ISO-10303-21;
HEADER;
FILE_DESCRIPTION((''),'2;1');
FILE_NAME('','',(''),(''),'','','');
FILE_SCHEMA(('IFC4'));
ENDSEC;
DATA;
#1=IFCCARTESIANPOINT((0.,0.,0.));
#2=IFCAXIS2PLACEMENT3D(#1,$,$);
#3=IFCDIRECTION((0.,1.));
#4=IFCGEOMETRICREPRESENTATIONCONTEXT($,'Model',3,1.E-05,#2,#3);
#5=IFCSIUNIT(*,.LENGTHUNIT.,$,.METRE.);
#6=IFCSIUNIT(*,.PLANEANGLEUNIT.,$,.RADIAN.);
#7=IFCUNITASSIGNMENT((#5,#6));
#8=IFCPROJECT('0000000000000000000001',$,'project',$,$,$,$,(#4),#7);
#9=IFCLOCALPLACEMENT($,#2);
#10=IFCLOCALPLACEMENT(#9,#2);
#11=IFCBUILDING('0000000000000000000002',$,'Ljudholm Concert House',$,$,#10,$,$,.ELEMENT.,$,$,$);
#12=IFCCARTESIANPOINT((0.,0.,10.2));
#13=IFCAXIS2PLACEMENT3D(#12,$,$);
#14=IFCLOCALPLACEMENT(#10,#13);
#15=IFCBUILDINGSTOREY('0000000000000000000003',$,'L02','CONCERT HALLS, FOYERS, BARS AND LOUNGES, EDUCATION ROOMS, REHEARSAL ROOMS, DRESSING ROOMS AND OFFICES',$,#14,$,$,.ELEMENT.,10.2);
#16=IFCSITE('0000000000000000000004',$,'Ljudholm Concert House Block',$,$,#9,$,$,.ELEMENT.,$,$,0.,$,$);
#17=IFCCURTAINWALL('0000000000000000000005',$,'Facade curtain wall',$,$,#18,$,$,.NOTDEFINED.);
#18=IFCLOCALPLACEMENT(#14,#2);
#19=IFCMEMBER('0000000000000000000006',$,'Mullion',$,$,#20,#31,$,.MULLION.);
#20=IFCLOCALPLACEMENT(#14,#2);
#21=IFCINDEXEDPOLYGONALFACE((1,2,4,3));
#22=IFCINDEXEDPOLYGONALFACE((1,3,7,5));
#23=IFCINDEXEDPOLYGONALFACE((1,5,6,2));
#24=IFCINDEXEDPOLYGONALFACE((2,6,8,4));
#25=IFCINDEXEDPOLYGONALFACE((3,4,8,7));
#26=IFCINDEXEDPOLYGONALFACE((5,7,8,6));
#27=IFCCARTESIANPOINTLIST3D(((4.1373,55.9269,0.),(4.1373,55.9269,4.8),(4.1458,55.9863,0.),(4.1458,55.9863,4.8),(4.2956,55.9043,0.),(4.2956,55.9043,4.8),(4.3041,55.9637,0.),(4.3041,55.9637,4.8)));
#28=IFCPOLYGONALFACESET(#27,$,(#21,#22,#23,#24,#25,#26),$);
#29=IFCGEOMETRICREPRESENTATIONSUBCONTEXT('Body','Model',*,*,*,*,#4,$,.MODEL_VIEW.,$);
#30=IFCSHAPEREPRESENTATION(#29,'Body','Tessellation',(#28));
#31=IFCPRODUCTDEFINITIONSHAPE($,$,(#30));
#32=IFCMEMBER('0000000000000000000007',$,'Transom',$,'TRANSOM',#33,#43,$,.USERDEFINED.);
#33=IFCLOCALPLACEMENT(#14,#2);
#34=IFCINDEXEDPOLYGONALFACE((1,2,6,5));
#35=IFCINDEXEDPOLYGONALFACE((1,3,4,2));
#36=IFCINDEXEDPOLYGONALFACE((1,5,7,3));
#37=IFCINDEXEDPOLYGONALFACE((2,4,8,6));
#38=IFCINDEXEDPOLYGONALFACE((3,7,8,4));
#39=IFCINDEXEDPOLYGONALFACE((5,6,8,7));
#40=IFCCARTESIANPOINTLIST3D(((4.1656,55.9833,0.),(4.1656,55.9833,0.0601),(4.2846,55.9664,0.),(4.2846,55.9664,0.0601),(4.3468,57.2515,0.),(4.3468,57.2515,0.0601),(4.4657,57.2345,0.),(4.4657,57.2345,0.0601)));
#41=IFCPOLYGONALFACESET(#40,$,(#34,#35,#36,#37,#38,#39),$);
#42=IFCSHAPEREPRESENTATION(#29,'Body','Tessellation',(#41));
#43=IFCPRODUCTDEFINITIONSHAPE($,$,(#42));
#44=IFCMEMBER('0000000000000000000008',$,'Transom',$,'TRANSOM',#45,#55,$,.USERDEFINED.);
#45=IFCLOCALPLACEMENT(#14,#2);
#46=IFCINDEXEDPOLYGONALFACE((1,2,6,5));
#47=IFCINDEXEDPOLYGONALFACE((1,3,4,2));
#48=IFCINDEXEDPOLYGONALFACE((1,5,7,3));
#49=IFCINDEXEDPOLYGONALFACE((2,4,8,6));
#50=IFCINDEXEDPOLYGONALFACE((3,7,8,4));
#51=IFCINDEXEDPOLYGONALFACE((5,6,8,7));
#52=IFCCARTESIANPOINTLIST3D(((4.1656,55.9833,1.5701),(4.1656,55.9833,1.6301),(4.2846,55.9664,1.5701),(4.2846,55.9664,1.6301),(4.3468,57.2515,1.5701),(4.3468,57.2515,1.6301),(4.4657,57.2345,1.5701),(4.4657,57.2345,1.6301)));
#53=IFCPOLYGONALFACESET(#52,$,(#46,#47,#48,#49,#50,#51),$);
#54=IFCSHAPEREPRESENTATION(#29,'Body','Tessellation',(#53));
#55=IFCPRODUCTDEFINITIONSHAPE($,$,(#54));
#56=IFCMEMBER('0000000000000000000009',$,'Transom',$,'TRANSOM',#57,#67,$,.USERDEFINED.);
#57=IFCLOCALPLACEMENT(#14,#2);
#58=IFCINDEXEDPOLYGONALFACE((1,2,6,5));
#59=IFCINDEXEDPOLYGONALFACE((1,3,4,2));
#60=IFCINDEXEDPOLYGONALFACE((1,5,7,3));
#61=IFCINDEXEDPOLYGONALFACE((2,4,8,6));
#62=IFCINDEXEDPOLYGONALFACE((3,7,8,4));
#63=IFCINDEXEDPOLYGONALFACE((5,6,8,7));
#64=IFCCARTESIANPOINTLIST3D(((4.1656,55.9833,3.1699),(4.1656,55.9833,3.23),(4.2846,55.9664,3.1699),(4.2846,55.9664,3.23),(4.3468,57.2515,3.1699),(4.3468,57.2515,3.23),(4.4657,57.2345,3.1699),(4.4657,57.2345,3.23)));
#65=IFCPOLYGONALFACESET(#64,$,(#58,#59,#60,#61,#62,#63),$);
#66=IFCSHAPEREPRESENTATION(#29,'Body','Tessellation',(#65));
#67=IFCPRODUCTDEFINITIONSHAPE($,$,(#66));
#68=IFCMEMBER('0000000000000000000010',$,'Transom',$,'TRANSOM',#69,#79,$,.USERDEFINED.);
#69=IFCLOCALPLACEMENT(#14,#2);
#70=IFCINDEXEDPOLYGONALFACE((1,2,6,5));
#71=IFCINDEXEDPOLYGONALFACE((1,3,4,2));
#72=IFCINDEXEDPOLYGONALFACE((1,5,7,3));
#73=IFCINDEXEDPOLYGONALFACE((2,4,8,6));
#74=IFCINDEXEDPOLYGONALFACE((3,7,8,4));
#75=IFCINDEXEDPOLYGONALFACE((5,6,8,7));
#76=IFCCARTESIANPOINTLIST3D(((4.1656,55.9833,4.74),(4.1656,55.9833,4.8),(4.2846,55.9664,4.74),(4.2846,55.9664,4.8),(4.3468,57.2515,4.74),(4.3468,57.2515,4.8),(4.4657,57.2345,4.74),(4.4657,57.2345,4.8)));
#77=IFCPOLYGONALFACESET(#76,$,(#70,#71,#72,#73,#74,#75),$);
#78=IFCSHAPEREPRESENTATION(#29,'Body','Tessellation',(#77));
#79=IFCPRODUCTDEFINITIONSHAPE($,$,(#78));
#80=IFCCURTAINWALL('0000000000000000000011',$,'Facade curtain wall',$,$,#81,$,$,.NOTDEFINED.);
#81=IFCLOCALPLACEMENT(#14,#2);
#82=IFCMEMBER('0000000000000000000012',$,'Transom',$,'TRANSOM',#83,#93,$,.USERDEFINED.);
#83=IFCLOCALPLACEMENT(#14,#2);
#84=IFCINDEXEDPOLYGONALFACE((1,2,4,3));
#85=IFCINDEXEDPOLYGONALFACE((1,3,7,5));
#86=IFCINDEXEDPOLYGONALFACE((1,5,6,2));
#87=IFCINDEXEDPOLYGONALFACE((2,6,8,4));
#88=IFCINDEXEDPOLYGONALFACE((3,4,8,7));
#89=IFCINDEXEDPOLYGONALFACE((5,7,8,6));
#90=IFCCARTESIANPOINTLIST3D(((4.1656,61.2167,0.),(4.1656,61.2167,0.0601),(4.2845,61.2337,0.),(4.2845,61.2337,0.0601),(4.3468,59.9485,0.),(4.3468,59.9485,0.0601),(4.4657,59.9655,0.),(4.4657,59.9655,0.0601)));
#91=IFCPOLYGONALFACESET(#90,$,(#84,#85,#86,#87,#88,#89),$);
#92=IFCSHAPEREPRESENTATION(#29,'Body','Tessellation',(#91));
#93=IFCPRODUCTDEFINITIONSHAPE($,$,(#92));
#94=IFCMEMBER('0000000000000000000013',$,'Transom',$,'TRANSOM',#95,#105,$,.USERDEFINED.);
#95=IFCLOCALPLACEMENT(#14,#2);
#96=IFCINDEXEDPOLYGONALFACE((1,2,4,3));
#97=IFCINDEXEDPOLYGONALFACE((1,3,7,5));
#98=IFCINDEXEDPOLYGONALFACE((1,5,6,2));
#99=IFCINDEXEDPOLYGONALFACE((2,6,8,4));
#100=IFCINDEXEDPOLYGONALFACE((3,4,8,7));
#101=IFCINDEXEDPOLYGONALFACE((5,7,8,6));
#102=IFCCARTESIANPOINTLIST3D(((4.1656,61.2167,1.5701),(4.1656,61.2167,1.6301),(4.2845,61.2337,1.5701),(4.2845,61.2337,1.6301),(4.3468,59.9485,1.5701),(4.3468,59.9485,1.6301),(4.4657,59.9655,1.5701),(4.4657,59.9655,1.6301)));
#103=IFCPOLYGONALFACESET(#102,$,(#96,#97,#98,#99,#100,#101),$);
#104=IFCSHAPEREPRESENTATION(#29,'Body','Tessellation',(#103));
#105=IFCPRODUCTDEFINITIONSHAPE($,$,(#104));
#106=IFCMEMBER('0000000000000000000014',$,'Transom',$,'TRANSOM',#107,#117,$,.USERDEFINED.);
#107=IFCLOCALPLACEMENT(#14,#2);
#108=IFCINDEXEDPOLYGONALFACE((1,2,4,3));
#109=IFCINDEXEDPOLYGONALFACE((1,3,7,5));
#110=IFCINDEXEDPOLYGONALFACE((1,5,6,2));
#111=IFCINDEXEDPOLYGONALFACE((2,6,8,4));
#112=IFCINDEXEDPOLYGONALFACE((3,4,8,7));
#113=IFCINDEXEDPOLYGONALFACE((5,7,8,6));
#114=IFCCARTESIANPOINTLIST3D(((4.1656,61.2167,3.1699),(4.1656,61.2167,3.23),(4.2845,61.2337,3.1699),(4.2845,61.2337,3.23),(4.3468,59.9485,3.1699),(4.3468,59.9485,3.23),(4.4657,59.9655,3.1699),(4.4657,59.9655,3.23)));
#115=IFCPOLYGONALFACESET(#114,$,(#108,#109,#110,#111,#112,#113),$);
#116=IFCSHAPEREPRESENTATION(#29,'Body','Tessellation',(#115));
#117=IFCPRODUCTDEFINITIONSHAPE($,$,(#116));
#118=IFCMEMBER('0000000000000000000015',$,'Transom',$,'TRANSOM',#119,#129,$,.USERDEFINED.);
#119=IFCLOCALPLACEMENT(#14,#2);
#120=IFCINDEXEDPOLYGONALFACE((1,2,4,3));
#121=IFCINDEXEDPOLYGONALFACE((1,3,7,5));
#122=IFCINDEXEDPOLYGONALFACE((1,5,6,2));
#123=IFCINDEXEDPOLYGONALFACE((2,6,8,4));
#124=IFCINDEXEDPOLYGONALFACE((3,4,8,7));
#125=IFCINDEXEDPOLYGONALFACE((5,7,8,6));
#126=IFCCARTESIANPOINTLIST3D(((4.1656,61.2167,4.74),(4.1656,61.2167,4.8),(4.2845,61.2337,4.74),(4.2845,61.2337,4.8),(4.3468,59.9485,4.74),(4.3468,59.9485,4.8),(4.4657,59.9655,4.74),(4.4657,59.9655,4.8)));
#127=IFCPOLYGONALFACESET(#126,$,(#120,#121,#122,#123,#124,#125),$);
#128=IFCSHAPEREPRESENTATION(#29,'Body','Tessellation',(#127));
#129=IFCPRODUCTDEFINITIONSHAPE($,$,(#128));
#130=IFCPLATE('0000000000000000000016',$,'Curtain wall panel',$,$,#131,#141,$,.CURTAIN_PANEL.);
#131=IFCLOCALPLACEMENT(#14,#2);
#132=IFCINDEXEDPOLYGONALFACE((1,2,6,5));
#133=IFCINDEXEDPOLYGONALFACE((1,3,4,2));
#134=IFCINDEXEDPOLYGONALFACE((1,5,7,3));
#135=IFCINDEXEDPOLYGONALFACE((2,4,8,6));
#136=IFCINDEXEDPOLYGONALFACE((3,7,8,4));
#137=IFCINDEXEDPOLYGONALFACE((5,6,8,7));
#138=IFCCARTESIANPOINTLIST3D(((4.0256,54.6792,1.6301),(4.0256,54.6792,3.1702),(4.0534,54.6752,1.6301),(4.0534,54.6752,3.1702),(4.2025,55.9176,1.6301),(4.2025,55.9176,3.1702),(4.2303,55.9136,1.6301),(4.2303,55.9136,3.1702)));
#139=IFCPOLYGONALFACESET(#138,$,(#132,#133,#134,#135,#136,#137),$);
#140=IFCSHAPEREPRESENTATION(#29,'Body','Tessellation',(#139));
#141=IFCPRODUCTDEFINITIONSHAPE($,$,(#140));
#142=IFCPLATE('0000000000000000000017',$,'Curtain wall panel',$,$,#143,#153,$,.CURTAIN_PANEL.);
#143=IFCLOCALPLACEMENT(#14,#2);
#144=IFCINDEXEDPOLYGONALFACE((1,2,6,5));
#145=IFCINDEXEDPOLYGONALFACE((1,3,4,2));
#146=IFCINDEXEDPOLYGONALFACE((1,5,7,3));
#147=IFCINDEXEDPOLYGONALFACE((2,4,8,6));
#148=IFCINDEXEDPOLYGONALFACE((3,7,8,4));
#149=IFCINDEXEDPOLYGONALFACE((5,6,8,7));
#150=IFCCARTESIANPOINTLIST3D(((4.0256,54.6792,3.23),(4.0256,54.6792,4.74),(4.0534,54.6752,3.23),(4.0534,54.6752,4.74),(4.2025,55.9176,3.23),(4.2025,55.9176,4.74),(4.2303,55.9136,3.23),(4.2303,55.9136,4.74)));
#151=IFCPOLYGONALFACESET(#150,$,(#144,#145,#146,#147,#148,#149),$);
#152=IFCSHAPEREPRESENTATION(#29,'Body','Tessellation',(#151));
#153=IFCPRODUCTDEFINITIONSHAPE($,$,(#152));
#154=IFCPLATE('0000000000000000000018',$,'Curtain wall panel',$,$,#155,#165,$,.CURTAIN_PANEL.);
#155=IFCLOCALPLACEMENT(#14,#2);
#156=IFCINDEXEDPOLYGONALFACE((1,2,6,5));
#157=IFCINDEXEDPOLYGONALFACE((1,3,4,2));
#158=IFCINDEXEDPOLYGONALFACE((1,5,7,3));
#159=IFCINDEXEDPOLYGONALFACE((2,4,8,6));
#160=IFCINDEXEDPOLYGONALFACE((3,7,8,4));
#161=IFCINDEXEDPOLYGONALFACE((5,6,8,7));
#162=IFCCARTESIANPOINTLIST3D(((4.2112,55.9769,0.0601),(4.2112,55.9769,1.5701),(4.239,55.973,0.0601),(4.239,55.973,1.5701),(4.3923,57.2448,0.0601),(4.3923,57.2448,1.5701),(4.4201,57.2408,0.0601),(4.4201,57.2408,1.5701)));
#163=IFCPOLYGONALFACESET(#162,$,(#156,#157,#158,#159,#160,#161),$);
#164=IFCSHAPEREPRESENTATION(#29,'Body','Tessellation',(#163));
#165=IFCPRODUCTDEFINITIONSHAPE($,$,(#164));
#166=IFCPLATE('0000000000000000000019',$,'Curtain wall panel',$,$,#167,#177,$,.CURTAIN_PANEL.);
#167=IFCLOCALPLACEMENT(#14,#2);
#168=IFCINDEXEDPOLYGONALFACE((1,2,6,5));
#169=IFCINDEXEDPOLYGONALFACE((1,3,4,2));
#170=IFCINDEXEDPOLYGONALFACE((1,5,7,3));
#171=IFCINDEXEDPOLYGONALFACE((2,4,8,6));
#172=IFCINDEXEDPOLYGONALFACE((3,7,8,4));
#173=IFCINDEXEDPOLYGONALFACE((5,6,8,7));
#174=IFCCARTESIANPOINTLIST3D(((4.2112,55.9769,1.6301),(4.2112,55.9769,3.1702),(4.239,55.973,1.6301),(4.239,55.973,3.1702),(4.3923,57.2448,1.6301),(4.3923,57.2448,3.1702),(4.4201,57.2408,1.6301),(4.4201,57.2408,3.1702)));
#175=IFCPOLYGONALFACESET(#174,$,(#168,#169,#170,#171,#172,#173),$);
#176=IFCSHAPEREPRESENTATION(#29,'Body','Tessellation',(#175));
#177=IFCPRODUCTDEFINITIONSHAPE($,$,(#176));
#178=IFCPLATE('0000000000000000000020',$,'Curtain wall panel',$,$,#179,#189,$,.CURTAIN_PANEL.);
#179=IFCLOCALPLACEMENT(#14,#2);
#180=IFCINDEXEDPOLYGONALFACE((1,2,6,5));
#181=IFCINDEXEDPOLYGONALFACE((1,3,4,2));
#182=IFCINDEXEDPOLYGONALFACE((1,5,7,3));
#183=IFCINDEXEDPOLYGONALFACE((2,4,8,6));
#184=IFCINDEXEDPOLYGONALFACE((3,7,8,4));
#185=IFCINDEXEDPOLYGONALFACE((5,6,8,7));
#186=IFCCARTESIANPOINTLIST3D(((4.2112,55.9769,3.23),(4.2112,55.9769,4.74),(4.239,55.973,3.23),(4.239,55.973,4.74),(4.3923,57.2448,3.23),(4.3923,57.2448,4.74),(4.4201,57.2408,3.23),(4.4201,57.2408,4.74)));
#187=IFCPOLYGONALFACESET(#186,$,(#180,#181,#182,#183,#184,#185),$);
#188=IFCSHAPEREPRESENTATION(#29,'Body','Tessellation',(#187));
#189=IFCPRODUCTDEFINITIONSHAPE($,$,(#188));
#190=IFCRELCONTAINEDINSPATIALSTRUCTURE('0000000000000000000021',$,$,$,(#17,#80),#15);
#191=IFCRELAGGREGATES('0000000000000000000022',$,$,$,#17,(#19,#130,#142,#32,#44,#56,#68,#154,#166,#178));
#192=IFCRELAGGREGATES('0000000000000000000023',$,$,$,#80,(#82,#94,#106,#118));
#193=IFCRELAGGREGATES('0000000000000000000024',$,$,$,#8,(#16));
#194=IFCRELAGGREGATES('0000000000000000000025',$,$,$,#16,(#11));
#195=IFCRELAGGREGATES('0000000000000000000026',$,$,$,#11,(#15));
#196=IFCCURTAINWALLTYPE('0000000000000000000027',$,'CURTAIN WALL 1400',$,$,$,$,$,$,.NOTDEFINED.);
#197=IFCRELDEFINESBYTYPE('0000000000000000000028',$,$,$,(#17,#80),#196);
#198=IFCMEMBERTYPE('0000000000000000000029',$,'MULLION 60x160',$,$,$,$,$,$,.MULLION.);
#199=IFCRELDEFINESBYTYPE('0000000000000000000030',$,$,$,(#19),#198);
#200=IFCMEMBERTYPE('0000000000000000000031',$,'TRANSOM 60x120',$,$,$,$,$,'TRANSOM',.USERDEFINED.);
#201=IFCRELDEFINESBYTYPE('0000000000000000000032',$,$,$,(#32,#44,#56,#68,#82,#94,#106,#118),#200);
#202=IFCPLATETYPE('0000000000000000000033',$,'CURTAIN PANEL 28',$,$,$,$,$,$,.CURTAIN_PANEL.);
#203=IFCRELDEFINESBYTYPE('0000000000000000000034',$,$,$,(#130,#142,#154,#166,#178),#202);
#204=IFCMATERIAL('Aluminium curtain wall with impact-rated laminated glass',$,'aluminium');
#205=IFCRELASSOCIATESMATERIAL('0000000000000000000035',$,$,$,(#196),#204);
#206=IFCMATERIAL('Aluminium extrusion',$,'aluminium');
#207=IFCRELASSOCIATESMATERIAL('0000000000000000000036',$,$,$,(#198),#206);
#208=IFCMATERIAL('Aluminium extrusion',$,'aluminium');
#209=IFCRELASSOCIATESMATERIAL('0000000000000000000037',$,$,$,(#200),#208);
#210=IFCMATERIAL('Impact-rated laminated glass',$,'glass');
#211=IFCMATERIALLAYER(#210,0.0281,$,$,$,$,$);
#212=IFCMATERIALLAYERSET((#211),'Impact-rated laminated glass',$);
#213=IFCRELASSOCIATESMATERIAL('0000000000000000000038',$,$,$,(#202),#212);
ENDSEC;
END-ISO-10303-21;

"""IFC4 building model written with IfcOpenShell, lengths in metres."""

from ifc_helpers import new_model, si_unit, direction, frame, origin, origin_2d, place, context, subcontext, project, spatial, rectangle, extrude, material, layer, layer_set, material_profile, profile_set, type_object, element, aggregate, save


model = new_model("IFC4")

# Units and contexts
model_context = context("Model", 3, precision=1e-05, world=origin(), true_north=direction((0.0, 1.0)))
body_context = subcontext(model_context, "Body", "Model", "MODEL_VIEW")
ifc_project = project(units=[si_unit("LENGTHUNIT", "METRE"), si_unit("PLANEANGLEUNIT", "RADIAN")], contexts=[model_context])

# Site, building, storey
site_placement = place(None, origin())
site = spatial("IfcSite", under=ifc_project, at=site_placement, Name="Ljudholm Concert House Block", CompositionType="ELEMENT", RefElevation=0.0)
building_placement = place(site_placement, origin())
building = spatial("IfcBuilding", under=site, at=building_placement, Name="Ljudholm Concert House", CompositionType="ELEMENT")
storey_placement = place(building_placement, frame((0.0, 0.0, 10.2)))
storey = spatial("IfcBuildingStorey", under=building, at=storey_placement, Name="L02", Description="CONCERT HALLS, FOYERS, BARS AND LOUNGES, EDUCATION ROOMS, REHEARSAL ROOMS, DRESSING ROOMS AND OFFICES", CompositionType="ELEMENT", Elevation=10.2)

# Curtain walls, members
ifc_material_1 = material(Name="Aluminium curtain wall with impact-rated laminated glass", Category="aluminium")
curtain_wall_type = type_object("IfcCurtainWallType", Name="CURTAIN WALL 1400", PredefinedType="NOTDEFINED", material=ifc_material_1)
curtain_wall_1_placement = place(storey_placement, origin())
curtain_wall_1 = element("IfcCurtainWall", 1, at=curtain_wall_1_placement, inside=storey, type_object=curtain_wall_type, Name="Facade curtain wall", PredefinedType="NOTDEFINED")
ifc_material_2 = material(Name="Aluminium extrusion", Category="aluminium")
ifc_material_profile_1 = material_profile(ifc_material_2, rectangle(XDim=0.1599, YDim=0.0601, at=origin_2d()), Name="MULLION 60x160")
ifc_profile_set_1 = profile_set([ifc_material_profile_1], Name="Aluminium extrusion")
member_type_1 = type_object("IfcMemberType", Name="MULLION 60x160", PredefinedType="MULLION", material=ifc_profile_set_1)
member_1_placement = place(storey_placement, frame((4.2207, 55.9453, 0.0), z_axis=(0.0, 0.0, 1.0), x_axis=(-0.989949, 0.141421, 0.0)))
member_1 = element("IfcMember", 2, at=member_1_placement, type_object=member_type_1, Name="Mullion", PredefinedType="MULLION", context=body_context, shape_type="SweptSolid", body=[
    extrude(rectangle(XDim=0.1599, YDim=0.0601, at=origin_2d()), origin(), (0.0, 0.0, 1.0), 4.8),
])
ifc_material_3 = material(Name="Aluminium extrusion", Category="aluminium")
ifc_material_profile_2 = material_profile(ifc_material_3, rectangle(XDim=0.1201, YDim=0.0601, at=origin_2d()), Name="TRANSOM 60x120")
ifc_profile_set_2 = profile_set([ifc_material_profile_2], Name="Aluminium extrusion")
member_type_2 = type_object("IfcMemberType", Name="TRANSOM 60x120", ElementType="TRANSOM", PredefinedType="USERDEFINED", material=ifc_profile_set_2)
member_2_placement = place(storey_placement, frame((4.2251, 55.9749, 0.03), z_axis=(0.141421, 0.989949, 0.0), x_axis=(-0.989949, 0.141421, 0.0)))
member_2 = element("IfcMember", 3, at=member_2_placement, type_object=member_type_2, Name="Transom", ObjectType="TRANSOM", PredefinedType="USERDEFINED", context=body_context, shape_type="SweptSolid", body=[
    extrude(rectangle(XDim=0.1201, YDim=0.0601, at=origin_2d()), origin(), (0.0, 0.0, 1.0), 1.281),
])
member_3_placement = place(storey_placement, frame((4.2251, 55.9749, 1.6001), z_axis=(0.141421, 0.989949, 0.0), x_axis=(-0.989949, 0.141421, 0.0)))
member_3 = element("IfcMember", 4, at=member_3_placement, type_object=member_type_2, Name="Transom", ObjectType="TRANSOM", PredefinedType="USERDEFINED", context=body_context, shape_type="SweptSolid", body=[
    extrude(rectangle(XDim=0.1201, YDim=0.0601, at=origin_2d()), origin(), (0.0, 0.0, 1.0), 1.281),
])
member_4_placement = place(storey_placement, frame((4.2251, 55.9749, 3.2), z_axis=(0.141421, 0.989949, 0.0), x_axis=(-0.989949, 0.141421, 0.0)))
member_4 = element("IfcMember", 5, at=member_4_placement, type_object=member_type_2, Name="Transom", ObjectType="TRANSOM", PredefinedType="USERDEFINED", context=body_context, shape_type="SweptSolid", body=[
    extrude(rectangle(XDim=0.1201, YDim=0.0601, at=origin_2d()), origin(), (0.0, 0.0, 1.0), 1.281),
])
member_5_placement = place(storey_placement, frame((4.2251, 55.9749, 4.77), z_axis=(0.141421, 0.989949, 0.0), x_axis=(-0.989949, 0.141421, 0.0)))
member_5 = element("IfcMember", 6, at=member_5_placement, type_object=member_type_2, Name="Transom", ObjectType="TRANSOM", PredefinedType="USERDEFINED", context=body_context, shape_type="SweptSolid", body=[
    extrude(rectangle(XDim=0.1201, YDim=0.0601, at=origin_2d()), origin(), (0.0, 0.0, 1.0), 1.281),
])
curtain_wall_2_placement = place(storey_placement, origin())
curtain_wall_2 = element("IfcCurtainWall", 7, at=curtain_wall_2_placement, inside=storey, type_object=curtain_wall_type, Name="Facade curtain wall", PredefinedType="NOTDEFINED")
member_6_placement = place(storey_placement, frame((4.4062, 59.957, 0.03), z_axis=(-0.141421, 0.989949, 0.0), x_axis=(-0.989949, -0.141421, 0.0)))
member_6 = element("IfcMember", 8, at=member_6_placement, type_object=member_type_2, Name="Transom", ObjectType="TRANSOM", PredefinedType="USERDEFINED", context=body_context, shape_type="SweptSolid", body=[
    extrude(rectangle(XDim=0.1201, YDim=0.0601, at=origin_2d()), origin(), (0.0, 0.0, 1.0), 1.281),
])
member_7_placement = place(storey_placement, frame((4.4062, 59.957, 1.6001), z_axis=(-0.141421, 0.989949, 0.0), x_axis=(-0.989949, -0.141421, 0.0)))
member_7 = element("IfcMember", 9, at=member_7_placement, type_object=member_type_2, Name="Transom", ObjectType="TRANSOM", PredefinedType="USERDEFINED", context=body_context, shape_type="SweptSolid", body=[
    extrude(rectangle(XDim=0.1201, YDim=0.0601, at=origin_2d()), origin(), (0.0, 0.0, 1.0), 1.281),
])
member_8_placement = place(storey_placement, frame((4.4062, 59.957, 3.2), z_axis=(-0.141421, 0.989949, 0.0), x_axis=(-0.989949, -0.141421, 0.0)))
member_8 = element("IfcMember", 10, at=member_8_placement, type_object=member_type_2, Name="Transom", ObjectType="TRANSOM", PredefinedType="USERDEFINED", context=body_context, shape_type="SweptSolid", body=[
    extrude(rectangle(XDim=0.1201, YDim=0.0601, at=origin_2d()), origin(), (0.0, 0.0, 1.0), 1.281),
])
member_9_placement = place(storey_placement, frame((4.4062, 59.957, 4.77), z_axis=(-0.141421, 0.989949, 0.0), x_axis=(-0.989949, -0.141421, 0.0)))
member_9 = element("IfcMember", 11, at=member_9_placement, type_object=member_type_2, Name="Transom", ObjectType="TRANSOM", PredefinedType="USERDEFINED", context=body_context, shape_type="SweptSolid", body=[
    extrude(rectangle(XDim=0.1201, YDim=0.0601, at=origin_2d()), origin(), (0.0, 0.0, 1.0), 1.281),
])

# Plates
ifc_material_4 = material(Name="Impact-rated laminated glass", Category="glass")
ifc_layer = layer(ifc_material_4, 0.0281)
ifc_layer_set = layer_set([ifc_layer], Name="Impact-rated laminated glass")
plate_type = type_object("IfcPlateType", Name="CURTAIN PANEL 28", PredefinedType="CURTAIN_PANEL", material=ifc_layer_set)
plate_1_placement = place(storey_placement, frame((4.1279, 55.2964, 1.6301), z_axis=(0.0, 0.0, 1.0), x_axis=(0.141421, 0.989949, 0.0)))
plate_1 = element("IfcPlate", 12, at=plate_1_placement, type_object=plate_type, Name="Curtain wall panel", PredefinedType="CURTAIN_PANEL", context=body_context, shape_type="SweptSolid", body=[
    extrude(rectangle(XDim=1.251, YDim=0.0281, at=origin_2d()), origin(), (0.0, 0.0, 1.0), 1.54),
])
plate_2_placement = place(storey_placement, frame((4.1279, 55.2964, 3.23), z_axis=(0.0, 0.0, 1.0), x_axis=(0.141421, 0.989949, 0.0)))
plate_2 = element("IfcPlate", 13, at=plate_2_placement, type_object=plate_type, Name="Curtain wall panel", PredefinedType="CURTAIN_PANEL", context=body_context, shape_type="SweptSolid", body=[
    extrude(rectangle(XDim=1.251, YDim=0.0281, at=origin_2d()), origin(), (0.0, 0.0, 1.0), 1.51),
])
plate_3_placement = place(storey_placement, frame((4.3157, 56.6089, 0.0601), z_axis=(0.0, 0.0, 1.0), x_axis=(0.141421, 0.989949, 0.0)))
plate_3 = element("IfcPlate", 14, at=plate_3_placement, type_object=plate_type, Name="Curtain wall panel", PredefinedType="CURTAIN_PANEL", context=body_context, shape_type="SweptSolid", body=[
    extrude(rectangle(XDim=1.2808, YDim=0.0281, at=origin_2d()), origin(), (0.0, 0.0, 1.0), 1.51),
])
plate_4_placement = place(storey_placement, frame((4.3157, 56.6089, 1.6301), z_axis=(0.0, 0.0, 1.0), x_axis=(0.141421, 0.989949, 0.0)))
plate_4 = element("IfcPlate", 15, at=plate_4_placement, type_object=plate_type, Name="Curtain wall panel", PredefinedType="CURTAIN_PANEL", context=body_context, shape_type="SweptSolid", body=[
    extrude(rectangle(XDim=1.2808, YDim=0.0281, at=origin_2d()), origin(), (0.0, 0.0, 1.0), 1.54),
])
plate_5_placement = place(storey_placement, frame((4.3157, 56.6089, 3.23), z_axis=(0.0, 0.0, 1.0), x_axis=(0.141421, 0.989949, 0.0)))
plate_5 = element("IfcPlate", 16, at=plate_5_placement, type_object=plate_type, Name="Curtain wall panel", PredefinedType="CURTAIN_PANEL", context=body_context, shape_type="SweptSolid", body=[
    extrude(rectangle(XDim=1.2808, YDim=0.0281, at=origin_2d()), origin(), (0.0, 0.0, 1.0), 1.51),
])
aggregate(curtain_wall_1, [member_1, plate_1, plate_2, member_2, member_3, member_4, member_5, plate_3, plate_4, plate_5])
aggregate(curtain_wall_2, [member_6, member_7, member_8, member_9])

save(model, "model.ifc")
